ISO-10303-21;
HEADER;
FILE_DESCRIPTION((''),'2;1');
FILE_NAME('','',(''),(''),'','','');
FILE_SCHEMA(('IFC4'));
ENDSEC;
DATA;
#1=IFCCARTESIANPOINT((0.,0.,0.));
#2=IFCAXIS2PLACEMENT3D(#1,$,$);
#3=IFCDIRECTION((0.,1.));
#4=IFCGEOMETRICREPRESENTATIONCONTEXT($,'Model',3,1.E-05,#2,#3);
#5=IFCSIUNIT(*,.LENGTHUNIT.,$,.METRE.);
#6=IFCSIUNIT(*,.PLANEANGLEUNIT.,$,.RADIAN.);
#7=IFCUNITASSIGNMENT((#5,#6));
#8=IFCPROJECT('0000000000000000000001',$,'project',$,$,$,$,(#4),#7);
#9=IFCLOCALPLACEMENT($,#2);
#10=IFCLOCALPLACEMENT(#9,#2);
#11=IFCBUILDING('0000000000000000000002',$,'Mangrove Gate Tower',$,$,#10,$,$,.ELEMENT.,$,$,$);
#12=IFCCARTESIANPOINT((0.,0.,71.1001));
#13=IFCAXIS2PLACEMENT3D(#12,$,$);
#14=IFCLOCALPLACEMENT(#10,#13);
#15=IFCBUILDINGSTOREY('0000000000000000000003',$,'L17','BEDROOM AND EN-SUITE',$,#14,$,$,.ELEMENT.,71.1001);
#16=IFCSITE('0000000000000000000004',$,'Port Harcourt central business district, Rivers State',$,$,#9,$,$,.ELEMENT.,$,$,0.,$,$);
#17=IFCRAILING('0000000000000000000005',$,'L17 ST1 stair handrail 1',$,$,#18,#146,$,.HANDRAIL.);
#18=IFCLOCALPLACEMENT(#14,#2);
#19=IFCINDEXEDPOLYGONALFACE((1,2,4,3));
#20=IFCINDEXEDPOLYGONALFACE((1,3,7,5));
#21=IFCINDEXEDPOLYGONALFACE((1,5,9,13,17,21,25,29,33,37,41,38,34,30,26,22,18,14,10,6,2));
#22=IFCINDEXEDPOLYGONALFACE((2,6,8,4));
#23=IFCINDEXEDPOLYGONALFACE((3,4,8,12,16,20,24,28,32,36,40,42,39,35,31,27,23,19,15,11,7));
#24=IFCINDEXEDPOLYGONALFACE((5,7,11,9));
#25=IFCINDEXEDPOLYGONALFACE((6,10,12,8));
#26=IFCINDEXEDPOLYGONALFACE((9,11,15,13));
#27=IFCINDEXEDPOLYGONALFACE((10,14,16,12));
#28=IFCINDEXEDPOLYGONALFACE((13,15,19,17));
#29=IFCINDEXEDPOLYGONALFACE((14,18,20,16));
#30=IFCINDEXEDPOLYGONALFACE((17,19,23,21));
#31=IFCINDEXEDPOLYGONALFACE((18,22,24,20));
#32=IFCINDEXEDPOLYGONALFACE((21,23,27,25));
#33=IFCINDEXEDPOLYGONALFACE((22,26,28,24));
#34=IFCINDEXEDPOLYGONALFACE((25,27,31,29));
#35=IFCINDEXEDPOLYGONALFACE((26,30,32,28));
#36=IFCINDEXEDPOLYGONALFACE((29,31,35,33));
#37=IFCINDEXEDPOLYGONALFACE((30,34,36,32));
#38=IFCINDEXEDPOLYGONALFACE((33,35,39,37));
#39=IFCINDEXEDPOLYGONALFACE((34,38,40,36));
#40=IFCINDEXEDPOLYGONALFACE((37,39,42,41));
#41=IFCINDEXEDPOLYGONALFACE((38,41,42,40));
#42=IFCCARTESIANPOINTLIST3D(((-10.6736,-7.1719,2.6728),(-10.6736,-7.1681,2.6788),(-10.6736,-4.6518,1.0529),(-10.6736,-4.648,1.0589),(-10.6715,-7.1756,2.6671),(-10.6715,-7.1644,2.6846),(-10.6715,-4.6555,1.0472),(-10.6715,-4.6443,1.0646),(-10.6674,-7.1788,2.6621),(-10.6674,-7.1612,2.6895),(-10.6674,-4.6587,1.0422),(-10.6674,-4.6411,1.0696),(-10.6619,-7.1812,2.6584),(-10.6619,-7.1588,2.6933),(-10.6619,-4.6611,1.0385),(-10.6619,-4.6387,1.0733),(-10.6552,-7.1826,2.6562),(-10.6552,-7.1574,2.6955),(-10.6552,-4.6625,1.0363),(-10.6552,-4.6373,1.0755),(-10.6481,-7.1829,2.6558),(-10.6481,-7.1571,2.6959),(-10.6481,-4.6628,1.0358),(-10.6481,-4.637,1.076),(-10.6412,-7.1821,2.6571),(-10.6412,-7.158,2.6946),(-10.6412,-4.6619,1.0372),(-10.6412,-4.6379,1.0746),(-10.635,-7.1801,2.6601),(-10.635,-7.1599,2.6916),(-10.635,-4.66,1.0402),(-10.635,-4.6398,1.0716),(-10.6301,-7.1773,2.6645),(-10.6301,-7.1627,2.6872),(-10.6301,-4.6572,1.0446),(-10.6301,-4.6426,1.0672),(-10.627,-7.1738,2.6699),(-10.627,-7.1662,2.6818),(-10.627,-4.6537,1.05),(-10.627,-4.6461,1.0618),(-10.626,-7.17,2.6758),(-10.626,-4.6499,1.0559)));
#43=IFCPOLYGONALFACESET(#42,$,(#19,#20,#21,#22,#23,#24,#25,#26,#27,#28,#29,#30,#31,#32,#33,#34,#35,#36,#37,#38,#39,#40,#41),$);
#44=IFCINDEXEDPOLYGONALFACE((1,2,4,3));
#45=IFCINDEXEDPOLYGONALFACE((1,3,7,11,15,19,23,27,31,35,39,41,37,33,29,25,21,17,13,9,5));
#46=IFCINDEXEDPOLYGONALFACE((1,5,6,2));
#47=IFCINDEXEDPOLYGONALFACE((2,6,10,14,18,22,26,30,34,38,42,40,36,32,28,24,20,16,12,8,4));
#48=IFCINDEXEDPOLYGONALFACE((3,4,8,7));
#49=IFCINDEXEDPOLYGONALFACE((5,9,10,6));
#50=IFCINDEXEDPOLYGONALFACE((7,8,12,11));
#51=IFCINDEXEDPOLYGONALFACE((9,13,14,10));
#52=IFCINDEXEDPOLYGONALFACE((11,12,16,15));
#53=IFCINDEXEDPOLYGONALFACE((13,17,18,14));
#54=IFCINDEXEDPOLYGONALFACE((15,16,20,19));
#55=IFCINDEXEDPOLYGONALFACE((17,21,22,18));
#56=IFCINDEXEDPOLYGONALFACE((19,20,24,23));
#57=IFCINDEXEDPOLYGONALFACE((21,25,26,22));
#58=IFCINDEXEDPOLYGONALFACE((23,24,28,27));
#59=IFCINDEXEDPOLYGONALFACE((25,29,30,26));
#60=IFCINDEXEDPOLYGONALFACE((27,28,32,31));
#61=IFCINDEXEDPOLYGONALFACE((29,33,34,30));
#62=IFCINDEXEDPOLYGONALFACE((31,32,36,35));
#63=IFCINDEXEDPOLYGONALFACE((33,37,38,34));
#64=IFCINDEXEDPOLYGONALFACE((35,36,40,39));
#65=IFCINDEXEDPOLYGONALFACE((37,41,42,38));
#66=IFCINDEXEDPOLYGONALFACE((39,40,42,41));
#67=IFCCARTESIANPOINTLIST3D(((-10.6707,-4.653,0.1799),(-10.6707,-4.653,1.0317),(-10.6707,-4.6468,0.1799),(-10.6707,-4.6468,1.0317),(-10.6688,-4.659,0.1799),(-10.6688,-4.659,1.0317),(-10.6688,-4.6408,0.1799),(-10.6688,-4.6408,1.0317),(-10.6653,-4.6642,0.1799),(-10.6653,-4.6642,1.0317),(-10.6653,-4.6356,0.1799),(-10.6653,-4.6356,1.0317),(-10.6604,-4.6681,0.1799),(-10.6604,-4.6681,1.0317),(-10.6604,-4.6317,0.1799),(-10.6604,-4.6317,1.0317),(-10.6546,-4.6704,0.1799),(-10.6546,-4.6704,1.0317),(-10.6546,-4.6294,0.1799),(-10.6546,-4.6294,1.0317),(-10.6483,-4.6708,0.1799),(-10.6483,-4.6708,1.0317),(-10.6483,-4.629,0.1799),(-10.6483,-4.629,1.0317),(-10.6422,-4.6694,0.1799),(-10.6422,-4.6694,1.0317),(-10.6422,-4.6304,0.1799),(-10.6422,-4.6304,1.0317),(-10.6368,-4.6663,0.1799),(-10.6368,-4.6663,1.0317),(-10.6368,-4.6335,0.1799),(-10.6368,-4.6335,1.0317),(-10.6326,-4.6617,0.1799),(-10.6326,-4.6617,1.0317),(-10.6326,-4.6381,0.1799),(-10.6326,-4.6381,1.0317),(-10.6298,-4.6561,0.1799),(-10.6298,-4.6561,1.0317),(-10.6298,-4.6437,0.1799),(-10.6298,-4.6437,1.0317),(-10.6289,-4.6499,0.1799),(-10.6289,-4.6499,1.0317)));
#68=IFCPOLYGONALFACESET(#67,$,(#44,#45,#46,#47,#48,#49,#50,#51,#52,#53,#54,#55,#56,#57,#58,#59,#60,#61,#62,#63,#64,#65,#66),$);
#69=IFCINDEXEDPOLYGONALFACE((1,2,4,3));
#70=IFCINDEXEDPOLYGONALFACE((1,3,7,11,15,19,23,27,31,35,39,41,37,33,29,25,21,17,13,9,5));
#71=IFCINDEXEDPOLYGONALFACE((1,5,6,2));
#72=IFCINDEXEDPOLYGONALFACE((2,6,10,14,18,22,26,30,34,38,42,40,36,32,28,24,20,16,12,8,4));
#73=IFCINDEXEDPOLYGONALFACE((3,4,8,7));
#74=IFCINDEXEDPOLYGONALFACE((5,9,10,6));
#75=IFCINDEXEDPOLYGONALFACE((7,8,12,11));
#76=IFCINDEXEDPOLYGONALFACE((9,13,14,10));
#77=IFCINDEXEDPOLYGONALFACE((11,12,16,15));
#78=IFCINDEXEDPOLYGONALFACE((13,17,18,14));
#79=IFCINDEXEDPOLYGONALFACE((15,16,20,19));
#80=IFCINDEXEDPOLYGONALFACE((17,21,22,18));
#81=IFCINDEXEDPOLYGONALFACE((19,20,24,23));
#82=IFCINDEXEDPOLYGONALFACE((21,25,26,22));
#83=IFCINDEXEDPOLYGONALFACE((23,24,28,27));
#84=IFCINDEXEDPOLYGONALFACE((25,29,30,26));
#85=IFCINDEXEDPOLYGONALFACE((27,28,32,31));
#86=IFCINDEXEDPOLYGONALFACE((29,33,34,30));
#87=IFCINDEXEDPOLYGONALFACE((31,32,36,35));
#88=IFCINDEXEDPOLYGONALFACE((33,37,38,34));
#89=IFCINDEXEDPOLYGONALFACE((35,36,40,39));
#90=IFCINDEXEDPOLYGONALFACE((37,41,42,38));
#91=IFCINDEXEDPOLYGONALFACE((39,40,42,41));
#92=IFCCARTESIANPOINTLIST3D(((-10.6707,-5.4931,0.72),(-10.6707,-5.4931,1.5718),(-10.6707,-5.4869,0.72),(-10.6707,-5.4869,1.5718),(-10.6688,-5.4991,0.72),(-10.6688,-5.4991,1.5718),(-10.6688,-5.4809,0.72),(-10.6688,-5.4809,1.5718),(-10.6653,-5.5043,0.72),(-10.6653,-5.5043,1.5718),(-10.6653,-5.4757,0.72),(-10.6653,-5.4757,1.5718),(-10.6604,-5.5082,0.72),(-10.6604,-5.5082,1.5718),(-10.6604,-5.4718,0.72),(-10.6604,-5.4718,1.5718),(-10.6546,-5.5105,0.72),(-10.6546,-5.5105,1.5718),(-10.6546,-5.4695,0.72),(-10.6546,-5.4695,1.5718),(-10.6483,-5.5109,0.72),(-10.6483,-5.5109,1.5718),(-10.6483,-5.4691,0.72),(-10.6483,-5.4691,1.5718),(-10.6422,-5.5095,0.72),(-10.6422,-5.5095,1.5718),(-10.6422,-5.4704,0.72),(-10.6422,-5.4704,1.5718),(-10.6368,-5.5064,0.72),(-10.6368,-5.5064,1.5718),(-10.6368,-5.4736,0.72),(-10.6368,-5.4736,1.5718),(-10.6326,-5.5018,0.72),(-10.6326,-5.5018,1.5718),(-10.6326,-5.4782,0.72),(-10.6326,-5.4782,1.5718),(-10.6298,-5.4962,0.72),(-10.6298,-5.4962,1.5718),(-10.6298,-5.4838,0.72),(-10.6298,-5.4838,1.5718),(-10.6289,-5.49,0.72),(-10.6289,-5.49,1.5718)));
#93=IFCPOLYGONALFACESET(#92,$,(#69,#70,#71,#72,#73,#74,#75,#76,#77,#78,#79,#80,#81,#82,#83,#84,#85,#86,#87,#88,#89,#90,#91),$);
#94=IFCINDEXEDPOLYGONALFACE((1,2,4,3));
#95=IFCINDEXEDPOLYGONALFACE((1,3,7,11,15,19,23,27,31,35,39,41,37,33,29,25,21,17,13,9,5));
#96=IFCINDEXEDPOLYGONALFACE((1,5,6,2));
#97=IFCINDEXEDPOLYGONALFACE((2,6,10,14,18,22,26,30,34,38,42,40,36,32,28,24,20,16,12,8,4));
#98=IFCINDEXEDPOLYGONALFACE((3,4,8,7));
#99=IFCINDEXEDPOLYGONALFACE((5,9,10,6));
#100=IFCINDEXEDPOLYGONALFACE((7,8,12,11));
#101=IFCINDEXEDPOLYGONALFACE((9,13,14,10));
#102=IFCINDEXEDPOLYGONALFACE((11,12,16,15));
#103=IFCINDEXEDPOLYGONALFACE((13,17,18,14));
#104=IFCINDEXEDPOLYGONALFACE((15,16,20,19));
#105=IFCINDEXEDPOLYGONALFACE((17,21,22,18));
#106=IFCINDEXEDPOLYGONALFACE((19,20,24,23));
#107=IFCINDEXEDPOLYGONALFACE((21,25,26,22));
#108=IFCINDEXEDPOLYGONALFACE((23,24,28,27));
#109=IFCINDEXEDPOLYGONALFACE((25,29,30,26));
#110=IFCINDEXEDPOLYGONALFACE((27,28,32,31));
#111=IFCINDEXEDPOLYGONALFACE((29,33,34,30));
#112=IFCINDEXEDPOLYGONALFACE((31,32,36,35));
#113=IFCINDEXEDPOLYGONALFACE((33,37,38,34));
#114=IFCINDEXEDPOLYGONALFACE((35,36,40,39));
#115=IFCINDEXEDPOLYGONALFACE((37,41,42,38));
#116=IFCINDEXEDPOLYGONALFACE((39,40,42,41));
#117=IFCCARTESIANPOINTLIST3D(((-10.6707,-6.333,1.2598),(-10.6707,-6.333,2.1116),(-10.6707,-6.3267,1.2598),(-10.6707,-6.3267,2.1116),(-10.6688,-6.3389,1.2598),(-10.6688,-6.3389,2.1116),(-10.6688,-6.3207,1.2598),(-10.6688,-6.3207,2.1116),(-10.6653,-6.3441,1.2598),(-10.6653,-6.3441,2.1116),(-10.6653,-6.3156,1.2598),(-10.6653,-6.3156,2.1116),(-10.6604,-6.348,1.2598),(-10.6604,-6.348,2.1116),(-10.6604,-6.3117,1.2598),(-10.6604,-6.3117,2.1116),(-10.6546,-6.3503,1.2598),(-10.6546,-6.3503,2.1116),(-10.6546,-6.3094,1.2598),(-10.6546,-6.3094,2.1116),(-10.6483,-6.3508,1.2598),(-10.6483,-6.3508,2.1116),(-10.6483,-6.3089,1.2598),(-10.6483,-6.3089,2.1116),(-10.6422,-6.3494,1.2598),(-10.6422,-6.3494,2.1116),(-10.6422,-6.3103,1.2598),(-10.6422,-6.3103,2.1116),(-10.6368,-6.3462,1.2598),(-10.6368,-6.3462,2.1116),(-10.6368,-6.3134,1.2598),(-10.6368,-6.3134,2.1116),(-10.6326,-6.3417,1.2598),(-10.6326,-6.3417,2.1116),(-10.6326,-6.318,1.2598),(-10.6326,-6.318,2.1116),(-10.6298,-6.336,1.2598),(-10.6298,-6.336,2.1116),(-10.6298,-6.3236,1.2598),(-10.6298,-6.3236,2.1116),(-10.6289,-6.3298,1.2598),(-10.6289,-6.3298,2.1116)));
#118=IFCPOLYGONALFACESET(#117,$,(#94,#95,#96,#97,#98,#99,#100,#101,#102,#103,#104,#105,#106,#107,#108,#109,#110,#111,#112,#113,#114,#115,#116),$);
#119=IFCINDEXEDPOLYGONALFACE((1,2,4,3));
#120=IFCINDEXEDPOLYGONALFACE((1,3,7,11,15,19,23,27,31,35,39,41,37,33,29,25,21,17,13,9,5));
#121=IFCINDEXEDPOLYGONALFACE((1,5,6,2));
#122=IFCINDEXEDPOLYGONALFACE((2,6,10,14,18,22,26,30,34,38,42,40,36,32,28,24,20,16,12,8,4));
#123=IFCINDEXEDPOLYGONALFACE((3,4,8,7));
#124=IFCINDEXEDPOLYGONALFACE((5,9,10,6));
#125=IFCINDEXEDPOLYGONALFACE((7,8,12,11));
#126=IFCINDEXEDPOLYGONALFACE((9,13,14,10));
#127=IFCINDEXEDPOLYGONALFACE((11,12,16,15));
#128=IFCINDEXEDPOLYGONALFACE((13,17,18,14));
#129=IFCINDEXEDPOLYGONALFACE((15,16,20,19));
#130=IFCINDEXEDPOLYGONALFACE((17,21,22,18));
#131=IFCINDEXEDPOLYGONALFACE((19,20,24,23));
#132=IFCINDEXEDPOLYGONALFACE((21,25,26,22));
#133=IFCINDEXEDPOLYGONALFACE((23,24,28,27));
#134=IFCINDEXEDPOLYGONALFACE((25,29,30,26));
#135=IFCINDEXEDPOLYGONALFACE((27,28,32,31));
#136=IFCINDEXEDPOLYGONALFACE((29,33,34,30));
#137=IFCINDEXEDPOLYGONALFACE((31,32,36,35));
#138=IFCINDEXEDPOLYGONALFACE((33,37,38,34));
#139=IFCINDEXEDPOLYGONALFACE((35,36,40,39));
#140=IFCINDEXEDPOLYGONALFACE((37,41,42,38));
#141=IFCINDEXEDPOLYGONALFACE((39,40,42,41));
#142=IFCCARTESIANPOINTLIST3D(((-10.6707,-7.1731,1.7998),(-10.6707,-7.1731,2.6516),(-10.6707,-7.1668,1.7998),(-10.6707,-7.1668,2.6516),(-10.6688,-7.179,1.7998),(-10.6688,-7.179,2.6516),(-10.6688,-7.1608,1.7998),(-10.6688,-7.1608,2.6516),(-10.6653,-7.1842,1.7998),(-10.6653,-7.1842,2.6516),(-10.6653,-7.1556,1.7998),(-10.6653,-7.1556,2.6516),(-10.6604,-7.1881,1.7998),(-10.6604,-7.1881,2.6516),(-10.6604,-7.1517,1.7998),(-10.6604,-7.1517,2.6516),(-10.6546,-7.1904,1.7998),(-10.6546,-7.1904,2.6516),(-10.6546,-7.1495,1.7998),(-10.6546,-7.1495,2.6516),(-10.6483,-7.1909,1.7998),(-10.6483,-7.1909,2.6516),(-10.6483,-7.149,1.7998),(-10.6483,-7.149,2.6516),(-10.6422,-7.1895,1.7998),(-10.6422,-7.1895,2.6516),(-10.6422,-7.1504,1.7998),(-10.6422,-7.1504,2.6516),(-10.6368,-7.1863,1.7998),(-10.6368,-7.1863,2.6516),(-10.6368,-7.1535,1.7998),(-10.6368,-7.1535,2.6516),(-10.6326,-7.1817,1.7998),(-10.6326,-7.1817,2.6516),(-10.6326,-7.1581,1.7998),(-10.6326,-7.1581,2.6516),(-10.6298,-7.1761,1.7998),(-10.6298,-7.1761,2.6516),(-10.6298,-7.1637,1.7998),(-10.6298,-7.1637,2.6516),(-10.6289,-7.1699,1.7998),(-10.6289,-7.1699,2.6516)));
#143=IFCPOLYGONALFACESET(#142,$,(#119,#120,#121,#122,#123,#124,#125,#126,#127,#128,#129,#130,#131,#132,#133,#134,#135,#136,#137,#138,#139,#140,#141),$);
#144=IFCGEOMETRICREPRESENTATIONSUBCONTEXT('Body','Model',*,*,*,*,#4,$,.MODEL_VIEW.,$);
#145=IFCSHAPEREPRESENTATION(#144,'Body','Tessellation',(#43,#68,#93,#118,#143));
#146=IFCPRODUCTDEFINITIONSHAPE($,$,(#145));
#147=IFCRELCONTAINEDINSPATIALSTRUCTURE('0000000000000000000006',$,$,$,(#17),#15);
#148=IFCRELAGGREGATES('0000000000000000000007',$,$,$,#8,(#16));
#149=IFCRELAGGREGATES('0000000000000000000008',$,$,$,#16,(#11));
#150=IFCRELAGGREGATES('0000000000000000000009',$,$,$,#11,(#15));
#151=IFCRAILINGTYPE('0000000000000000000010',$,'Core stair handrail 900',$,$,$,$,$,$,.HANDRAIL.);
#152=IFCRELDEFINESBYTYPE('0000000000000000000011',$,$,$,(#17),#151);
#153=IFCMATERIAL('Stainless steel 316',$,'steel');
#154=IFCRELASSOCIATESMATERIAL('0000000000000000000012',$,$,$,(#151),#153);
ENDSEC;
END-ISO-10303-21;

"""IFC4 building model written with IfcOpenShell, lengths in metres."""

from ifc_helpers import new_model, si_unit, direction, frame, origin, origin_2d, place, context, subcontext, project, spatial, circle, extrude, material, type_object, element, save


model = new_model("IFC4")

# Units and contexts
model_context = context("Model", 3, precision=1e-05, world=origin(), true_north=direction((0.0, 1.0)))
body_context = subcontext(model_context, "Body", "Model", "MODEL_VIEW")
ifc_project = project(units=[si_unit("LENGTHUNIT", "METRE"), si_unit("PLANEANGLEUNIT", "RADIAN")], contexts=[model_context])

# Site, building, storey
site_placement = place(None, origin())
site = spatial("IfcSite", under=ifc_project, at=site_placement, Name="Port Harcourt central business district, Rivers State", CompositionType="ELEMENT", RefElevation=0.0)
building_placement = place(site_placement, origin())
building = spatial("IfcBuilding", under=site, at=building_placement, Name="Mangrove Gate Tower", CompositionType="ELEMENT")
storey_placement = place(building_placement, frame((0.0, 0.0, 71.1001)))
storey = spatial("IfcBuildingStorey", under=building, at=storey_placement, Name="L17", Description="BEDROOM AND EN-SUITE", CompositionType="ELEMENT", Elevation=71.1001)

# Railing
ifc_material_1 = material(Name="Stainless steel 316", Category="steel")
railing_type_1 = type_object("IfcRailingType", Name="Core stair handrail 900", PredefinedType="HANDRAIL", material=ifc_material_1)
railing_1_placement = place(storey_placement, frame((-10.6499, -4.6499, 0.1799)))
element("IfcRailing", 1, at=railing_1_placement, inside=storey, type_object=railing_type_1, Name="L17 ST1 stair handrail 1", PredefinedType="HANDRAIL", context=body_context, shape_type="SweptSolid", body=[
    extrude(circle(Radius=0.0239, at=origin_2d()), frame((0.0, 0.0, 0.876), z_axis=(0.0, -0.8412, 0.540725), x_axis=(1.0, 0.0, 0.0)), (0.0, 0.0, 1.0), 2.9958),
    extrude(circle(Radius=0.021, at=origin_2d()), origin(), (0.0, 0.0, 1.0), 0.8518),
    extrude(circle(Radius=0.021, at=origin_2d()), frame((0.0, -0.8401, 0.54)), (0.0, 0.0, 1.0), 0.8518),
    extrude(circle(Radius=0.021, at=origin_2d()), frame((0.0, -1.6799, 1.0798)), (0.0, 0.0, 1.0), 0.8518),
    extrude(circle(Radius=0.021, at=origin_2d()), frame((0.0, -2.52, 1.6199)), (0.0, 0.0, 1.0), 0.8518),
])

save(model, "model.ifc")
